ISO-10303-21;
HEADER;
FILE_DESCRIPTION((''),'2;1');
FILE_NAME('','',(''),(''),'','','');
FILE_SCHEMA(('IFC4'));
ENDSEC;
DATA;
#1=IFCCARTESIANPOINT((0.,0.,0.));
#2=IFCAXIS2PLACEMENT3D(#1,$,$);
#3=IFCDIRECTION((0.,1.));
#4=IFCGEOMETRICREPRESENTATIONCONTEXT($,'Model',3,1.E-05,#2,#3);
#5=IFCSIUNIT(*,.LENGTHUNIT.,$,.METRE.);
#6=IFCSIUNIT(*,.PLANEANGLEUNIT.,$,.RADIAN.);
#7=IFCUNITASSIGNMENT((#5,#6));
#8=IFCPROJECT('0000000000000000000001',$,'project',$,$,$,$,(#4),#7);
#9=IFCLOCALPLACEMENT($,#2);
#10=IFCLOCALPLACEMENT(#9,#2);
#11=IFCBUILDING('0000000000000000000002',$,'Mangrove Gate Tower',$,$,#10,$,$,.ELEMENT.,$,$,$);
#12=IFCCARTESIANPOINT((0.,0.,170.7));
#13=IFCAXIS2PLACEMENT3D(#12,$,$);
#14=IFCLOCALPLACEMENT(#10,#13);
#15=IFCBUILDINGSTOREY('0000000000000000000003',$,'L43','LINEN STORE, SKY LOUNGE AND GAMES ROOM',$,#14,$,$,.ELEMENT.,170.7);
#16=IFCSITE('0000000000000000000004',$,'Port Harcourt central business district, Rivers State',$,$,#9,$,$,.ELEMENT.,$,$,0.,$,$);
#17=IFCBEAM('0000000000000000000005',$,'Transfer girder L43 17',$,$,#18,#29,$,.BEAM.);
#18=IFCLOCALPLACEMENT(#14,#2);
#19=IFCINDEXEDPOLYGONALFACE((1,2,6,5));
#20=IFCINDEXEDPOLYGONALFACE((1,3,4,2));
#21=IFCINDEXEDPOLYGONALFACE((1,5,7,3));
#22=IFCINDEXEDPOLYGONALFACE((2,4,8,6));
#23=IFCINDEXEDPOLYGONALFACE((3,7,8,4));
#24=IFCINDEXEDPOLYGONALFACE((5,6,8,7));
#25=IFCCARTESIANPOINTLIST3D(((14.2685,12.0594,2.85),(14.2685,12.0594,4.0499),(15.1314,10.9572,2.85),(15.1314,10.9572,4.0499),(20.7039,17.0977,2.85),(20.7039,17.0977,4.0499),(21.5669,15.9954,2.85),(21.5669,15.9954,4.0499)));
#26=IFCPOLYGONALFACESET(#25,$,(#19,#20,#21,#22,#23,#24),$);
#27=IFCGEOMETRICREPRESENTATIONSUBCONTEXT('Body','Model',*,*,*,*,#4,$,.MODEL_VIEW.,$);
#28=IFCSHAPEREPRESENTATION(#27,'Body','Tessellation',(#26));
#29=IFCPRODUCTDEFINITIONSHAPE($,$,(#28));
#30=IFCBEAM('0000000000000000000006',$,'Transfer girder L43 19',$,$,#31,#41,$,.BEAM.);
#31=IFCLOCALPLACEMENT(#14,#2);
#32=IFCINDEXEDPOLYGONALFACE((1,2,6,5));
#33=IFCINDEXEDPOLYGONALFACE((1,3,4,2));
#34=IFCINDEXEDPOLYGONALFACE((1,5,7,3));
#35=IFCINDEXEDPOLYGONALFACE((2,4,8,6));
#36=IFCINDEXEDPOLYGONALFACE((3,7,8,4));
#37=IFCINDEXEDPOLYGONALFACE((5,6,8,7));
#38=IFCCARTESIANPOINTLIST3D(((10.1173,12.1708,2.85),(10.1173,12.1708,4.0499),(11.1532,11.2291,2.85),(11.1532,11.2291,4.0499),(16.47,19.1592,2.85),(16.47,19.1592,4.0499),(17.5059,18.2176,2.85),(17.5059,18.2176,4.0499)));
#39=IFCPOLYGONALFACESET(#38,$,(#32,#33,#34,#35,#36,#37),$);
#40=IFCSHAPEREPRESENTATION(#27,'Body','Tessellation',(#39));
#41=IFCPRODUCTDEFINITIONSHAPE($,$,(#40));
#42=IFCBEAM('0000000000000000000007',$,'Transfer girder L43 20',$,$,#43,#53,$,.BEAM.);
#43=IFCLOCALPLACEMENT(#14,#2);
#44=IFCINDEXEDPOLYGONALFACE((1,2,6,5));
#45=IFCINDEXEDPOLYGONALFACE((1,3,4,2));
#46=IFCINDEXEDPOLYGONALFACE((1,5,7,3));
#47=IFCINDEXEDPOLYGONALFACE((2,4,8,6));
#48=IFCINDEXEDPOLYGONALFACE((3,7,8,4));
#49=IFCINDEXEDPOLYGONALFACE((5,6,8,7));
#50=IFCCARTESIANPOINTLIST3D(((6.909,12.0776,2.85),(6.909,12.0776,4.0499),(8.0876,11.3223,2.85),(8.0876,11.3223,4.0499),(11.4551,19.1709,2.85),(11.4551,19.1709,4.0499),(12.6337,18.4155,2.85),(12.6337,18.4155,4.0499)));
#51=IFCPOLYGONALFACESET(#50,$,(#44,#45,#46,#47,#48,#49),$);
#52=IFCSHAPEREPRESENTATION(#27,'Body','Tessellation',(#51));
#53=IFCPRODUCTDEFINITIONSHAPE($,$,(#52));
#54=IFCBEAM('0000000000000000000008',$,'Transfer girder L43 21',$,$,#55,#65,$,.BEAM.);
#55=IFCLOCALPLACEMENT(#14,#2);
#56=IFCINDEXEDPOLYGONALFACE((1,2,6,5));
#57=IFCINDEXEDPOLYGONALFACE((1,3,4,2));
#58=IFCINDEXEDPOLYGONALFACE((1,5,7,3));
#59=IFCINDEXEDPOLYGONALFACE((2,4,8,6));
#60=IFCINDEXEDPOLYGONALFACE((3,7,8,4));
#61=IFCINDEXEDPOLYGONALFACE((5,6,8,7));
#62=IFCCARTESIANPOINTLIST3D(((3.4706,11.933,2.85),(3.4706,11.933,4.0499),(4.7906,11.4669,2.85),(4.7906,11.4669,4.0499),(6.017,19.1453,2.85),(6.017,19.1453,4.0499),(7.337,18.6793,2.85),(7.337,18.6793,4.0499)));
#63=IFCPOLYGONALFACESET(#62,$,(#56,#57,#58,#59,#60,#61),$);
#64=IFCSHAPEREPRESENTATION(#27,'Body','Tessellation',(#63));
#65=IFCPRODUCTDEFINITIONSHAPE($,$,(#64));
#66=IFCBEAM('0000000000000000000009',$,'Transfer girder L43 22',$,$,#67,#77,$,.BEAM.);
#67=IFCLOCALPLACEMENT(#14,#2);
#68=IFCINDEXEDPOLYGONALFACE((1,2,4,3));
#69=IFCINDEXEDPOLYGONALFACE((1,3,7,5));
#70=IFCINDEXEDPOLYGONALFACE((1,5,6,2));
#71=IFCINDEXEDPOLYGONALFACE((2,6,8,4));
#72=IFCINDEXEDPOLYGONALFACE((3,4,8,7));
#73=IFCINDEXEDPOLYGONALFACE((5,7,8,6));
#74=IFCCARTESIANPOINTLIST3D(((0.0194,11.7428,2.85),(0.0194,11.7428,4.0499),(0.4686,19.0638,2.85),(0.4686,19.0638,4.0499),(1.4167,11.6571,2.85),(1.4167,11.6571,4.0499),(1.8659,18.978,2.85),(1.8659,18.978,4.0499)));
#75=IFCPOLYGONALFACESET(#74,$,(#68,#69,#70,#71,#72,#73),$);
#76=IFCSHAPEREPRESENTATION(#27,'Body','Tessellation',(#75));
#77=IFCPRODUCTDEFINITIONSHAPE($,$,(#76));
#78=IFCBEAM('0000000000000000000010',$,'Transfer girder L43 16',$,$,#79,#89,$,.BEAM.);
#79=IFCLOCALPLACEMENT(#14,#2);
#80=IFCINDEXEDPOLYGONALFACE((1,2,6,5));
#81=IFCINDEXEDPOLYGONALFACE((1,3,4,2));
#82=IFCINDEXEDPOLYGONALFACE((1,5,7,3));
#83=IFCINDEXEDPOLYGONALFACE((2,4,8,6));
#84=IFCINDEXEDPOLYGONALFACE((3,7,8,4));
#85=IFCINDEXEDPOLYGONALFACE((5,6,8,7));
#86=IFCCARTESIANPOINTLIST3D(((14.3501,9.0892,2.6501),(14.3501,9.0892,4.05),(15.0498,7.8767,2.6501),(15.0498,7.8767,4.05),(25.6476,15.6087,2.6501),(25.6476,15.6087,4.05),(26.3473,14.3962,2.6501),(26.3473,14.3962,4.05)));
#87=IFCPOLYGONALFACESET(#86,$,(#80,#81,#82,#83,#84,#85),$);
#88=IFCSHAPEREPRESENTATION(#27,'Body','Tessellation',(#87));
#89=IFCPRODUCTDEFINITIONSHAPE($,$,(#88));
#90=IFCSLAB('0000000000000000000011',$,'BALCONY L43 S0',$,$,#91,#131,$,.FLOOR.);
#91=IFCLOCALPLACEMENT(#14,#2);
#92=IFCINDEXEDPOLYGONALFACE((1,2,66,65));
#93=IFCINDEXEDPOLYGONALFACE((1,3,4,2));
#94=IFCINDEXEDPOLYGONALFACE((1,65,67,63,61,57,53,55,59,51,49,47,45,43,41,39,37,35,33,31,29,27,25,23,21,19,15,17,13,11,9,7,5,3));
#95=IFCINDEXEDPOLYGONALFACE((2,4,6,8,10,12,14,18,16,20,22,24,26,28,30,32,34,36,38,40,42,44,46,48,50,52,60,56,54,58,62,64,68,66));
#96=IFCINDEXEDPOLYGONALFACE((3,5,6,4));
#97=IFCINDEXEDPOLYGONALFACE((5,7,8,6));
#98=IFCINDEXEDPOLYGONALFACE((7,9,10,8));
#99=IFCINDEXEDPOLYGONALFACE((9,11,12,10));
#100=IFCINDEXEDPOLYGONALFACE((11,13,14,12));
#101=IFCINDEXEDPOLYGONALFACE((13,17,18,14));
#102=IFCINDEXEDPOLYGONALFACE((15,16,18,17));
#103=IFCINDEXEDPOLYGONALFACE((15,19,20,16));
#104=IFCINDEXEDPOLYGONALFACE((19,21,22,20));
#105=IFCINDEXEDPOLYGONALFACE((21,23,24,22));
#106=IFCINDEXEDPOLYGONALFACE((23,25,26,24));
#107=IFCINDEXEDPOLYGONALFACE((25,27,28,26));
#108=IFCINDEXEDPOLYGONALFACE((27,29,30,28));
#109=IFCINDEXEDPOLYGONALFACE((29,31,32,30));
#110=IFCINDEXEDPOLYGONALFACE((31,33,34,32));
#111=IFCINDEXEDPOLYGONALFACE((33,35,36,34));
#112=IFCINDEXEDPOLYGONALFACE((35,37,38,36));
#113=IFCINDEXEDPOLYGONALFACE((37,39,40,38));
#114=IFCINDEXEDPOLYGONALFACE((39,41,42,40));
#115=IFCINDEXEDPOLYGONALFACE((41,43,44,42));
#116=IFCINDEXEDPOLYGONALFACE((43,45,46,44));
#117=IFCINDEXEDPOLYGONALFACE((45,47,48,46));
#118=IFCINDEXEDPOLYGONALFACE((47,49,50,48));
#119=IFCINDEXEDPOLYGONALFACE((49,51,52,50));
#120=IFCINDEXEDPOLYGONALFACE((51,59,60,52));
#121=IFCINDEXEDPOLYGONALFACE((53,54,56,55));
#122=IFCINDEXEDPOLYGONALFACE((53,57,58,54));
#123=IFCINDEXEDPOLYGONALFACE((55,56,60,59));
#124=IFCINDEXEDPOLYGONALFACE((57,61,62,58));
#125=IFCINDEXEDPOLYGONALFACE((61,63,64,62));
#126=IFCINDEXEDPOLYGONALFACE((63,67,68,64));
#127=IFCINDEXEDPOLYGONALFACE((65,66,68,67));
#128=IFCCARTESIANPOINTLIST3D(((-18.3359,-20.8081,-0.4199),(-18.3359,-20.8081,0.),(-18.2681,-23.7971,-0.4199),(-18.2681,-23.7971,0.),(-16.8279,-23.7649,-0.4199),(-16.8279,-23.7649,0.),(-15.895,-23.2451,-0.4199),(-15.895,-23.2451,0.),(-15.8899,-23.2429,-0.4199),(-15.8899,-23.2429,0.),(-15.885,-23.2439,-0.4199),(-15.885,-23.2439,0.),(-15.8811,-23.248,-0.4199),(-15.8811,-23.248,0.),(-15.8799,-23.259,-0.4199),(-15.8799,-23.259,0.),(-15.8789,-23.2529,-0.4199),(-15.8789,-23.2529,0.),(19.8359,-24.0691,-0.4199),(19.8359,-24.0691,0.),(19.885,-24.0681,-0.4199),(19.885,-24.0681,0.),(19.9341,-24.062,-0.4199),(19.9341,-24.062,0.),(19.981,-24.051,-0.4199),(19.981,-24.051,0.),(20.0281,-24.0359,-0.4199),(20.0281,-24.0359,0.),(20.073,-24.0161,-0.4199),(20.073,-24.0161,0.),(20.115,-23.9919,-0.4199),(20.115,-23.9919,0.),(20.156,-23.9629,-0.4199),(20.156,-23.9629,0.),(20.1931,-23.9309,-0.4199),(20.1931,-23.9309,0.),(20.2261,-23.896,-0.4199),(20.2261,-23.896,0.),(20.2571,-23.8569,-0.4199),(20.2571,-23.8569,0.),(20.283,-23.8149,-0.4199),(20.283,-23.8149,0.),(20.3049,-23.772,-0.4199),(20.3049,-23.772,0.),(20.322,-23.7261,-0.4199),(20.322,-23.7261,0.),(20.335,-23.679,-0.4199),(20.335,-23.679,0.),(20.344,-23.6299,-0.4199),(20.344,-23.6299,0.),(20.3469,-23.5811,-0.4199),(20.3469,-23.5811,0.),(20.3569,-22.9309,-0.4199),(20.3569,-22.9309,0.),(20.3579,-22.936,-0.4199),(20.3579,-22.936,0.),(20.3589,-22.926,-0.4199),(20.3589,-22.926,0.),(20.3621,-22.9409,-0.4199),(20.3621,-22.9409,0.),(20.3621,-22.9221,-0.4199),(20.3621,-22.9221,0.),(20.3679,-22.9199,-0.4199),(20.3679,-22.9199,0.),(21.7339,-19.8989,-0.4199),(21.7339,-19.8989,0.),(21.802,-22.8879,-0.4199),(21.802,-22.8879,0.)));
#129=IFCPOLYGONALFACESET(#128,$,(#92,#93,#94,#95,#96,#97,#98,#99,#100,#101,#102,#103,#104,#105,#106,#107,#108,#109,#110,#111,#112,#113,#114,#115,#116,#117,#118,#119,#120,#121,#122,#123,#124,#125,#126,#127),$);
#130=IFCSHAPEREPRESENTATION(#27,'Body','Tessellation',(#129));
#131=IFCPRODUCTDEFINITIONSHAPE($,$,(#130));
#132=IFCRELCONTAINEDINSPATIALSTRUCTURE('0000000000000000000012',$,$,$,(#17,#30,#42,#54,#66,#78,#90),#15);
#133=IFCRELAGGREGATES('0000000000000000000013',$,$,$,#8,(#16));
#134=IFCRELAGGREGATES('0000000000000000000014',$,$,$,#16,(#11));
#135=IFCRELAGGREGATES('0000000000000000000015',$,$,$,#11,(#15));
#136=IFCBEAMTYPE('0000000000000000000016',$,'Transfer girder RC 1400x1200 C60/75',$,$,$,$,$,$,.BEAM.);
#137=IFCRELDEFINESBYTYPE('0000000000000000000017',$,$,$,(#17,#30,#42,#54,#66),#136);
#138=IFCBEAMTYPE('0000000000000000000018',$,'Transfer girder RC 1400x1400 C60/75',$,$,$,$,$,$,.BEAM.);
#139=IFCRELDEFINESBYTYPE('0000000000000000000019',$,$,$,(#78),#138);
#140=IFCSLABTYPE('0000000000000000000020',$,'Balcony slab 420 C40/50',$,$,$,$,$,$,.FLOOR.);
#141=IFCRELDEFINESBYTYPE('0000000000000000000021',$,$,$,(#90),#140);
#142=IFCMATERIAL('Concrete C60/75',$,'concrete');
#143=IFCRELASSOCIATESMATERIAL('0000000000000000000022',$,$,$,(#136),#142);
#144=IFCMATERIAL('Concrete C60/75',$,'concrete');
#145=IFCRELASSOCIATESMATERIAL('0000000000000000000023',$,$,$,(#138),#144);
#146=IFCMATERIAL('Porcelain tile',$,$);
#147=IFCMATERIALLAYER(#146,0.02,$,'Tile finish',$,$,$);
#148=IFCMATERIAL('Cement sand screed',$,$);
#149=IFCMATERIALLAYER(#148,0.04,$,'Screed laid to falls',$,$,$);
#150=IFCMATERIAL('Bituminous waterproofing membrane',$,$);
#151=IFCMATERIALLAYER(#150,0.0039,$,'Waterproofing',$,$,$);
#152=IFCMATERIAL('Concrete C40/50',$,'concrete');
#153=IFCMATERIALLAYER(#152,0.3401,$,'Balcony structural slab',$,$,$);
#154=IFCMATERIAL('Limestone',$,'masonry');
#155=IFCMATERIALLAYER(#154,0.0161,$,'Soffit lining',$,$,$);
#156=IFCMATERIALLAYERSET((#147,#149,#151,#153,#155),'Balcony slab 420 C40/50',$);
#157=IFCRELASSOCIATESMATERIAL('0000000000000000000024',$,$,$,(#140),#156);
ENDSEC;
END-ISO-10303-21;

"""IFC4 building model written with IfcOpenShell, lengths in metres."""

from ifc_helpers import new_model, si_unit, direction, frame, origin, origin_2d, place, context, subcontext, project, spatial, polyline, rectangle, outline, extrude, material, layer, layer_set, material_profile, profile_set, type_object, element, save


model = new_model("IFC4")

# Units and contexts
model_context = context("Model", 3, precision=1e-05, world=origin(), true_north=direction((0.0, 1.0)))
body_context = subcontext(model_context, "Body", "Model", "MODEL_VIEW")
ifc_project = project(units=[si_unit("LENGTHUNIT", "METRE"), si_unit("PLANEANGLEUNIT", "RADIAN")], contexts=[model_context])

# Site, building, storey
site_placement = place(None, origin())
site = spatial("IfcSite", under=ifc_project, at=site_placement, Name="Port Harcourt central business district, Rivers State", CompositionType="ELEMENT", RefElevation=0.0)
building_placement = place(site_placement, origin())
building = spatial("IfcBuilding", under=site, at=building_placement, Name="Mangrove Gate Tower", CompositionType="ELEMENT")
storey_placement = place(building_placement, frame((0.0, 0.0, 170.7)))
storey = spatial("IfcBuildingStorey", under=building, at=storey_placement, Name="L43", Description="LINEN STORE, SKY LOUNGE AND GAMES ROOM", CompositionType="ELEMENT", Elevation=170.7)

# Beams
ifc_material_1 = material(Name="Concrete C60/75", Category="concrete")
ifc_material_profile_1 = material_profile(ifc_material_1, rectangle(XDim=1.3999, YDim=1.2, at=origin_2d()))
ifc_profile_set_1 = profile_set([ifc_material_profile_1], Name="Concrete C60/75")
beam_type_1 = type_object("IfcBeamType", Name="Transfer girder RC 1400x1200 C60/75", PredefinedType="BEAM", material=ifc_profile_set_1)
beam_1_placement = place(storey_placement, frame((14.7, 11.5083, 3.45), z_axis=(0.787397, 0.616446, 0.0), x_axis=(-0.616446, 0.787397, 0.0)))
element("IfcBeam", 1, at=beam_1_placement, inside=storey, type_object=beam_type_1, Name="Transfer girder L43 17", PredefinedType="BEAM", context=body_context, shape_type="SweptSolid", body=[
    extrude(rectangle(XDim=1.3999, YDim=1.2, at=origin_2d()), origin(), (0.0, 0.0, 1.0), 8.1731),
])
beam_2_placement = place(storey_placement, frame((10.6353, 11.7, 3.45), z_axis=(0.672648, 0.739962, 0.0), x_axis=(-0.739962, 0.672648, 0.0)))
element("IfcBeam", 2, at=beam_2_placement, inside=storey, type_object=beam_type_1, Name="Transfer girder L43 19", PredefinedType="BEAM", context=body_context, shape_type="SweptSolid", body=[
    extrude(rectangle(XDim=1.3999, YDim=1.2, at=origin_2d()), origin(), (0.0, 0.0, 1.0), 9.4443),
])
beam_3_placement = place(storey_placement, frame((7.4983, 11.7, 3.45), z_axis=(0.539597, 0.841923, 0.0), x_axis=(-0.841923, 0.539597, 0.0)))
element("IfcBeam", 3, at=beam_3_placement, inside=storey, type_object=beam_type_1, Name="Transfer girder L43 20", PredefinedType="BEAM", context=body_context, shape_type="SweptSolid", body=[
    extrude(rectangle(XDim=1.3999, YDim=1.2, at=origin_2d()), origin(), (0.0, 0.0, 1.0), 8.425),
])
beam_4_placement = place(storey_placement, frame((4.1306, 11.7, 3.45), z_axis=(0.332917, 0.942956, 0.0), x_axis=(-0.942956, 0.332917, 0.0)))
element("IfcBeam", 4, at=beam_4_placement, inside=storey, type_object=beam_type_1, Name="Transfer girder L43 21", PredefinedType="BEAM", context=body_context, shape_type="SweptSolid", body=[
    extrude(rectangle(XDim=1.3999, YDim=1.2, at=origin_2d()), origin(), (0.0, 0.0, 1.0), 7.6487),
])
beam_5_placement = place(storey_placement, frame((0.718, 11.7, 3.45), z_axis=(0.061245, 0.998123, 0.0), x_axis=(-0.998123, 0.061245, 0.0)))
element("IfcBeam", 5, at=beam_5_placement, inside=storey, type_object=beam_type_1, Name="Transfer girder L43 22", PredefinedType="BEAM", context=body_context, shape_type="SweptSolid", body=[
    extrude(rectangle(XDim=1.3999, YDim=1.2, at=origin_2d()), origin(), (0.0, 0.0, 1.0), 7.3347),
])
ifc_material_2 = material(Name="Concrete C60/75", Category="concrete")
ifc_material_profile_2 = material_profile(ifc_material_2, rectangle(XDim=1.3999, YDim=1.3999, at=origin_2d()))
ifc_profile_set_2 = profile_set([ifc_material_profile_2], Name="Concrete C60/75")
beam_type_2 = type_object("IfcBeamType", Name="Transfer girder RC 1400x1400 C60/75", PredefinedType="BEAM", material=ifc_profile_set_2)
beam_6_placement = place(storey_placement, frame((14.7, 8.4829, 3.3501), z_axis=(0.86613, 0.499819, 0.0), x_axis=(-0.499819, 0.86613, 0.0)))
element("IfcBeam", 6, at=beam_6_placement, inside=storey, type_object=beam_type_2, Name="Transfer girder L43 16", PredefinedType="BEAM", context=body_context, shape_type="SweptSolid", body=[
    extrude(rectangle(XDim=1.3999, YDim=1.3999, at=origin_2d()), origin(), (0.0, 0.0, 1.0), 13.0437),
])

# Slab
ifc_material_3 = material(Name="Porcelain tile")
ifc_layer_1 = layer(ifc_material_3, 0.02, Name="Tile finish")
ifc_material_4 = material(Name="Cement sand screed")
ifc_layer_2 = layer(ifc_material_4, 0.04, Name="Screed laid to falls")
ifc_material_5 = material(Name="Bituminous waterproofing membrane")
ifc_layer_3 = layer(ifc_material_5, 0.0039, Name="Waterproofing")
ifc_material_6 = material(Name="Concrete C40/50", Category="concrete")
ifc_layer_4 = layer(ifc_material_6, 0.3401, Name="Balcony structural slab")
ifc_material_7 = material(Name="Limestone", Category="masonry")
ifc_layer_5 = layer(ifc_material_7, 0.0161, Name="Soffit lining")
ifc_layer_set_1 = layer_set([ifc_layer_1, ifc_layer_2, ifc_layer_3, ifc_layer_4, ifc_layer_5], Name="Balcony slab 420 C40/50")
slab_type_1 = type_object("IfcSlabType", Name="Balcony slab 420 C40/50", PredefinedType="FLOOR", material=ifc_layer_set_1)
slab_1_placement = place(storey_placement, frame((0.0, 0.0, -0.4199)))
element("IfcSlab", 7, at=slab_1_placement, inside=storey, type_object=slab_type_1, Name="BALCONY L43 S0", PredefinedType="FLOOR", context=body_context, shape_type="SweptSolid", body=[
    extrude(outline(polyline([(-18.2681, -23.7971), (-16.8279, -23.7649), (-15.895, -23.2451), (-15.8899, -23.2429), (-15.885, -23.2439), (-15.8811, -23.248), (-15.8789, -23.2529), (-15.8799, -23.259), (19.8359, -24.0691), (19.885, -24.0681), (19.9341, -24.062), (19.981, -24.051), (20.0281, -24.0359), (20.073, -24.0161), (20.115, -23.9919), (20.156, -23.9629), (20.1931, -23.9309), (20.2261, -23.896), (20.2571, -23.8569), (20.283, -23.8149), (20.3049, -23.772), (20.322, -23.7261), (20.335, -23.679), (20.344, -23.6299), (20.3469, -23.5811), (20.3621, -22.9409), (20.3579, -22.936), (20.3569, -22.9309), (20.3589, -22.926), (20.3621, -22.9221), (20.3679, -22.9199), (21.802, -22.8879), (21.7339, -19.8989), (-18.3359, -20.8081), (-18.2681, -23.7971)])), origin(), (0.0, 0.0, 1.0), 0.4199),
])

save(model, "model.ifc")
